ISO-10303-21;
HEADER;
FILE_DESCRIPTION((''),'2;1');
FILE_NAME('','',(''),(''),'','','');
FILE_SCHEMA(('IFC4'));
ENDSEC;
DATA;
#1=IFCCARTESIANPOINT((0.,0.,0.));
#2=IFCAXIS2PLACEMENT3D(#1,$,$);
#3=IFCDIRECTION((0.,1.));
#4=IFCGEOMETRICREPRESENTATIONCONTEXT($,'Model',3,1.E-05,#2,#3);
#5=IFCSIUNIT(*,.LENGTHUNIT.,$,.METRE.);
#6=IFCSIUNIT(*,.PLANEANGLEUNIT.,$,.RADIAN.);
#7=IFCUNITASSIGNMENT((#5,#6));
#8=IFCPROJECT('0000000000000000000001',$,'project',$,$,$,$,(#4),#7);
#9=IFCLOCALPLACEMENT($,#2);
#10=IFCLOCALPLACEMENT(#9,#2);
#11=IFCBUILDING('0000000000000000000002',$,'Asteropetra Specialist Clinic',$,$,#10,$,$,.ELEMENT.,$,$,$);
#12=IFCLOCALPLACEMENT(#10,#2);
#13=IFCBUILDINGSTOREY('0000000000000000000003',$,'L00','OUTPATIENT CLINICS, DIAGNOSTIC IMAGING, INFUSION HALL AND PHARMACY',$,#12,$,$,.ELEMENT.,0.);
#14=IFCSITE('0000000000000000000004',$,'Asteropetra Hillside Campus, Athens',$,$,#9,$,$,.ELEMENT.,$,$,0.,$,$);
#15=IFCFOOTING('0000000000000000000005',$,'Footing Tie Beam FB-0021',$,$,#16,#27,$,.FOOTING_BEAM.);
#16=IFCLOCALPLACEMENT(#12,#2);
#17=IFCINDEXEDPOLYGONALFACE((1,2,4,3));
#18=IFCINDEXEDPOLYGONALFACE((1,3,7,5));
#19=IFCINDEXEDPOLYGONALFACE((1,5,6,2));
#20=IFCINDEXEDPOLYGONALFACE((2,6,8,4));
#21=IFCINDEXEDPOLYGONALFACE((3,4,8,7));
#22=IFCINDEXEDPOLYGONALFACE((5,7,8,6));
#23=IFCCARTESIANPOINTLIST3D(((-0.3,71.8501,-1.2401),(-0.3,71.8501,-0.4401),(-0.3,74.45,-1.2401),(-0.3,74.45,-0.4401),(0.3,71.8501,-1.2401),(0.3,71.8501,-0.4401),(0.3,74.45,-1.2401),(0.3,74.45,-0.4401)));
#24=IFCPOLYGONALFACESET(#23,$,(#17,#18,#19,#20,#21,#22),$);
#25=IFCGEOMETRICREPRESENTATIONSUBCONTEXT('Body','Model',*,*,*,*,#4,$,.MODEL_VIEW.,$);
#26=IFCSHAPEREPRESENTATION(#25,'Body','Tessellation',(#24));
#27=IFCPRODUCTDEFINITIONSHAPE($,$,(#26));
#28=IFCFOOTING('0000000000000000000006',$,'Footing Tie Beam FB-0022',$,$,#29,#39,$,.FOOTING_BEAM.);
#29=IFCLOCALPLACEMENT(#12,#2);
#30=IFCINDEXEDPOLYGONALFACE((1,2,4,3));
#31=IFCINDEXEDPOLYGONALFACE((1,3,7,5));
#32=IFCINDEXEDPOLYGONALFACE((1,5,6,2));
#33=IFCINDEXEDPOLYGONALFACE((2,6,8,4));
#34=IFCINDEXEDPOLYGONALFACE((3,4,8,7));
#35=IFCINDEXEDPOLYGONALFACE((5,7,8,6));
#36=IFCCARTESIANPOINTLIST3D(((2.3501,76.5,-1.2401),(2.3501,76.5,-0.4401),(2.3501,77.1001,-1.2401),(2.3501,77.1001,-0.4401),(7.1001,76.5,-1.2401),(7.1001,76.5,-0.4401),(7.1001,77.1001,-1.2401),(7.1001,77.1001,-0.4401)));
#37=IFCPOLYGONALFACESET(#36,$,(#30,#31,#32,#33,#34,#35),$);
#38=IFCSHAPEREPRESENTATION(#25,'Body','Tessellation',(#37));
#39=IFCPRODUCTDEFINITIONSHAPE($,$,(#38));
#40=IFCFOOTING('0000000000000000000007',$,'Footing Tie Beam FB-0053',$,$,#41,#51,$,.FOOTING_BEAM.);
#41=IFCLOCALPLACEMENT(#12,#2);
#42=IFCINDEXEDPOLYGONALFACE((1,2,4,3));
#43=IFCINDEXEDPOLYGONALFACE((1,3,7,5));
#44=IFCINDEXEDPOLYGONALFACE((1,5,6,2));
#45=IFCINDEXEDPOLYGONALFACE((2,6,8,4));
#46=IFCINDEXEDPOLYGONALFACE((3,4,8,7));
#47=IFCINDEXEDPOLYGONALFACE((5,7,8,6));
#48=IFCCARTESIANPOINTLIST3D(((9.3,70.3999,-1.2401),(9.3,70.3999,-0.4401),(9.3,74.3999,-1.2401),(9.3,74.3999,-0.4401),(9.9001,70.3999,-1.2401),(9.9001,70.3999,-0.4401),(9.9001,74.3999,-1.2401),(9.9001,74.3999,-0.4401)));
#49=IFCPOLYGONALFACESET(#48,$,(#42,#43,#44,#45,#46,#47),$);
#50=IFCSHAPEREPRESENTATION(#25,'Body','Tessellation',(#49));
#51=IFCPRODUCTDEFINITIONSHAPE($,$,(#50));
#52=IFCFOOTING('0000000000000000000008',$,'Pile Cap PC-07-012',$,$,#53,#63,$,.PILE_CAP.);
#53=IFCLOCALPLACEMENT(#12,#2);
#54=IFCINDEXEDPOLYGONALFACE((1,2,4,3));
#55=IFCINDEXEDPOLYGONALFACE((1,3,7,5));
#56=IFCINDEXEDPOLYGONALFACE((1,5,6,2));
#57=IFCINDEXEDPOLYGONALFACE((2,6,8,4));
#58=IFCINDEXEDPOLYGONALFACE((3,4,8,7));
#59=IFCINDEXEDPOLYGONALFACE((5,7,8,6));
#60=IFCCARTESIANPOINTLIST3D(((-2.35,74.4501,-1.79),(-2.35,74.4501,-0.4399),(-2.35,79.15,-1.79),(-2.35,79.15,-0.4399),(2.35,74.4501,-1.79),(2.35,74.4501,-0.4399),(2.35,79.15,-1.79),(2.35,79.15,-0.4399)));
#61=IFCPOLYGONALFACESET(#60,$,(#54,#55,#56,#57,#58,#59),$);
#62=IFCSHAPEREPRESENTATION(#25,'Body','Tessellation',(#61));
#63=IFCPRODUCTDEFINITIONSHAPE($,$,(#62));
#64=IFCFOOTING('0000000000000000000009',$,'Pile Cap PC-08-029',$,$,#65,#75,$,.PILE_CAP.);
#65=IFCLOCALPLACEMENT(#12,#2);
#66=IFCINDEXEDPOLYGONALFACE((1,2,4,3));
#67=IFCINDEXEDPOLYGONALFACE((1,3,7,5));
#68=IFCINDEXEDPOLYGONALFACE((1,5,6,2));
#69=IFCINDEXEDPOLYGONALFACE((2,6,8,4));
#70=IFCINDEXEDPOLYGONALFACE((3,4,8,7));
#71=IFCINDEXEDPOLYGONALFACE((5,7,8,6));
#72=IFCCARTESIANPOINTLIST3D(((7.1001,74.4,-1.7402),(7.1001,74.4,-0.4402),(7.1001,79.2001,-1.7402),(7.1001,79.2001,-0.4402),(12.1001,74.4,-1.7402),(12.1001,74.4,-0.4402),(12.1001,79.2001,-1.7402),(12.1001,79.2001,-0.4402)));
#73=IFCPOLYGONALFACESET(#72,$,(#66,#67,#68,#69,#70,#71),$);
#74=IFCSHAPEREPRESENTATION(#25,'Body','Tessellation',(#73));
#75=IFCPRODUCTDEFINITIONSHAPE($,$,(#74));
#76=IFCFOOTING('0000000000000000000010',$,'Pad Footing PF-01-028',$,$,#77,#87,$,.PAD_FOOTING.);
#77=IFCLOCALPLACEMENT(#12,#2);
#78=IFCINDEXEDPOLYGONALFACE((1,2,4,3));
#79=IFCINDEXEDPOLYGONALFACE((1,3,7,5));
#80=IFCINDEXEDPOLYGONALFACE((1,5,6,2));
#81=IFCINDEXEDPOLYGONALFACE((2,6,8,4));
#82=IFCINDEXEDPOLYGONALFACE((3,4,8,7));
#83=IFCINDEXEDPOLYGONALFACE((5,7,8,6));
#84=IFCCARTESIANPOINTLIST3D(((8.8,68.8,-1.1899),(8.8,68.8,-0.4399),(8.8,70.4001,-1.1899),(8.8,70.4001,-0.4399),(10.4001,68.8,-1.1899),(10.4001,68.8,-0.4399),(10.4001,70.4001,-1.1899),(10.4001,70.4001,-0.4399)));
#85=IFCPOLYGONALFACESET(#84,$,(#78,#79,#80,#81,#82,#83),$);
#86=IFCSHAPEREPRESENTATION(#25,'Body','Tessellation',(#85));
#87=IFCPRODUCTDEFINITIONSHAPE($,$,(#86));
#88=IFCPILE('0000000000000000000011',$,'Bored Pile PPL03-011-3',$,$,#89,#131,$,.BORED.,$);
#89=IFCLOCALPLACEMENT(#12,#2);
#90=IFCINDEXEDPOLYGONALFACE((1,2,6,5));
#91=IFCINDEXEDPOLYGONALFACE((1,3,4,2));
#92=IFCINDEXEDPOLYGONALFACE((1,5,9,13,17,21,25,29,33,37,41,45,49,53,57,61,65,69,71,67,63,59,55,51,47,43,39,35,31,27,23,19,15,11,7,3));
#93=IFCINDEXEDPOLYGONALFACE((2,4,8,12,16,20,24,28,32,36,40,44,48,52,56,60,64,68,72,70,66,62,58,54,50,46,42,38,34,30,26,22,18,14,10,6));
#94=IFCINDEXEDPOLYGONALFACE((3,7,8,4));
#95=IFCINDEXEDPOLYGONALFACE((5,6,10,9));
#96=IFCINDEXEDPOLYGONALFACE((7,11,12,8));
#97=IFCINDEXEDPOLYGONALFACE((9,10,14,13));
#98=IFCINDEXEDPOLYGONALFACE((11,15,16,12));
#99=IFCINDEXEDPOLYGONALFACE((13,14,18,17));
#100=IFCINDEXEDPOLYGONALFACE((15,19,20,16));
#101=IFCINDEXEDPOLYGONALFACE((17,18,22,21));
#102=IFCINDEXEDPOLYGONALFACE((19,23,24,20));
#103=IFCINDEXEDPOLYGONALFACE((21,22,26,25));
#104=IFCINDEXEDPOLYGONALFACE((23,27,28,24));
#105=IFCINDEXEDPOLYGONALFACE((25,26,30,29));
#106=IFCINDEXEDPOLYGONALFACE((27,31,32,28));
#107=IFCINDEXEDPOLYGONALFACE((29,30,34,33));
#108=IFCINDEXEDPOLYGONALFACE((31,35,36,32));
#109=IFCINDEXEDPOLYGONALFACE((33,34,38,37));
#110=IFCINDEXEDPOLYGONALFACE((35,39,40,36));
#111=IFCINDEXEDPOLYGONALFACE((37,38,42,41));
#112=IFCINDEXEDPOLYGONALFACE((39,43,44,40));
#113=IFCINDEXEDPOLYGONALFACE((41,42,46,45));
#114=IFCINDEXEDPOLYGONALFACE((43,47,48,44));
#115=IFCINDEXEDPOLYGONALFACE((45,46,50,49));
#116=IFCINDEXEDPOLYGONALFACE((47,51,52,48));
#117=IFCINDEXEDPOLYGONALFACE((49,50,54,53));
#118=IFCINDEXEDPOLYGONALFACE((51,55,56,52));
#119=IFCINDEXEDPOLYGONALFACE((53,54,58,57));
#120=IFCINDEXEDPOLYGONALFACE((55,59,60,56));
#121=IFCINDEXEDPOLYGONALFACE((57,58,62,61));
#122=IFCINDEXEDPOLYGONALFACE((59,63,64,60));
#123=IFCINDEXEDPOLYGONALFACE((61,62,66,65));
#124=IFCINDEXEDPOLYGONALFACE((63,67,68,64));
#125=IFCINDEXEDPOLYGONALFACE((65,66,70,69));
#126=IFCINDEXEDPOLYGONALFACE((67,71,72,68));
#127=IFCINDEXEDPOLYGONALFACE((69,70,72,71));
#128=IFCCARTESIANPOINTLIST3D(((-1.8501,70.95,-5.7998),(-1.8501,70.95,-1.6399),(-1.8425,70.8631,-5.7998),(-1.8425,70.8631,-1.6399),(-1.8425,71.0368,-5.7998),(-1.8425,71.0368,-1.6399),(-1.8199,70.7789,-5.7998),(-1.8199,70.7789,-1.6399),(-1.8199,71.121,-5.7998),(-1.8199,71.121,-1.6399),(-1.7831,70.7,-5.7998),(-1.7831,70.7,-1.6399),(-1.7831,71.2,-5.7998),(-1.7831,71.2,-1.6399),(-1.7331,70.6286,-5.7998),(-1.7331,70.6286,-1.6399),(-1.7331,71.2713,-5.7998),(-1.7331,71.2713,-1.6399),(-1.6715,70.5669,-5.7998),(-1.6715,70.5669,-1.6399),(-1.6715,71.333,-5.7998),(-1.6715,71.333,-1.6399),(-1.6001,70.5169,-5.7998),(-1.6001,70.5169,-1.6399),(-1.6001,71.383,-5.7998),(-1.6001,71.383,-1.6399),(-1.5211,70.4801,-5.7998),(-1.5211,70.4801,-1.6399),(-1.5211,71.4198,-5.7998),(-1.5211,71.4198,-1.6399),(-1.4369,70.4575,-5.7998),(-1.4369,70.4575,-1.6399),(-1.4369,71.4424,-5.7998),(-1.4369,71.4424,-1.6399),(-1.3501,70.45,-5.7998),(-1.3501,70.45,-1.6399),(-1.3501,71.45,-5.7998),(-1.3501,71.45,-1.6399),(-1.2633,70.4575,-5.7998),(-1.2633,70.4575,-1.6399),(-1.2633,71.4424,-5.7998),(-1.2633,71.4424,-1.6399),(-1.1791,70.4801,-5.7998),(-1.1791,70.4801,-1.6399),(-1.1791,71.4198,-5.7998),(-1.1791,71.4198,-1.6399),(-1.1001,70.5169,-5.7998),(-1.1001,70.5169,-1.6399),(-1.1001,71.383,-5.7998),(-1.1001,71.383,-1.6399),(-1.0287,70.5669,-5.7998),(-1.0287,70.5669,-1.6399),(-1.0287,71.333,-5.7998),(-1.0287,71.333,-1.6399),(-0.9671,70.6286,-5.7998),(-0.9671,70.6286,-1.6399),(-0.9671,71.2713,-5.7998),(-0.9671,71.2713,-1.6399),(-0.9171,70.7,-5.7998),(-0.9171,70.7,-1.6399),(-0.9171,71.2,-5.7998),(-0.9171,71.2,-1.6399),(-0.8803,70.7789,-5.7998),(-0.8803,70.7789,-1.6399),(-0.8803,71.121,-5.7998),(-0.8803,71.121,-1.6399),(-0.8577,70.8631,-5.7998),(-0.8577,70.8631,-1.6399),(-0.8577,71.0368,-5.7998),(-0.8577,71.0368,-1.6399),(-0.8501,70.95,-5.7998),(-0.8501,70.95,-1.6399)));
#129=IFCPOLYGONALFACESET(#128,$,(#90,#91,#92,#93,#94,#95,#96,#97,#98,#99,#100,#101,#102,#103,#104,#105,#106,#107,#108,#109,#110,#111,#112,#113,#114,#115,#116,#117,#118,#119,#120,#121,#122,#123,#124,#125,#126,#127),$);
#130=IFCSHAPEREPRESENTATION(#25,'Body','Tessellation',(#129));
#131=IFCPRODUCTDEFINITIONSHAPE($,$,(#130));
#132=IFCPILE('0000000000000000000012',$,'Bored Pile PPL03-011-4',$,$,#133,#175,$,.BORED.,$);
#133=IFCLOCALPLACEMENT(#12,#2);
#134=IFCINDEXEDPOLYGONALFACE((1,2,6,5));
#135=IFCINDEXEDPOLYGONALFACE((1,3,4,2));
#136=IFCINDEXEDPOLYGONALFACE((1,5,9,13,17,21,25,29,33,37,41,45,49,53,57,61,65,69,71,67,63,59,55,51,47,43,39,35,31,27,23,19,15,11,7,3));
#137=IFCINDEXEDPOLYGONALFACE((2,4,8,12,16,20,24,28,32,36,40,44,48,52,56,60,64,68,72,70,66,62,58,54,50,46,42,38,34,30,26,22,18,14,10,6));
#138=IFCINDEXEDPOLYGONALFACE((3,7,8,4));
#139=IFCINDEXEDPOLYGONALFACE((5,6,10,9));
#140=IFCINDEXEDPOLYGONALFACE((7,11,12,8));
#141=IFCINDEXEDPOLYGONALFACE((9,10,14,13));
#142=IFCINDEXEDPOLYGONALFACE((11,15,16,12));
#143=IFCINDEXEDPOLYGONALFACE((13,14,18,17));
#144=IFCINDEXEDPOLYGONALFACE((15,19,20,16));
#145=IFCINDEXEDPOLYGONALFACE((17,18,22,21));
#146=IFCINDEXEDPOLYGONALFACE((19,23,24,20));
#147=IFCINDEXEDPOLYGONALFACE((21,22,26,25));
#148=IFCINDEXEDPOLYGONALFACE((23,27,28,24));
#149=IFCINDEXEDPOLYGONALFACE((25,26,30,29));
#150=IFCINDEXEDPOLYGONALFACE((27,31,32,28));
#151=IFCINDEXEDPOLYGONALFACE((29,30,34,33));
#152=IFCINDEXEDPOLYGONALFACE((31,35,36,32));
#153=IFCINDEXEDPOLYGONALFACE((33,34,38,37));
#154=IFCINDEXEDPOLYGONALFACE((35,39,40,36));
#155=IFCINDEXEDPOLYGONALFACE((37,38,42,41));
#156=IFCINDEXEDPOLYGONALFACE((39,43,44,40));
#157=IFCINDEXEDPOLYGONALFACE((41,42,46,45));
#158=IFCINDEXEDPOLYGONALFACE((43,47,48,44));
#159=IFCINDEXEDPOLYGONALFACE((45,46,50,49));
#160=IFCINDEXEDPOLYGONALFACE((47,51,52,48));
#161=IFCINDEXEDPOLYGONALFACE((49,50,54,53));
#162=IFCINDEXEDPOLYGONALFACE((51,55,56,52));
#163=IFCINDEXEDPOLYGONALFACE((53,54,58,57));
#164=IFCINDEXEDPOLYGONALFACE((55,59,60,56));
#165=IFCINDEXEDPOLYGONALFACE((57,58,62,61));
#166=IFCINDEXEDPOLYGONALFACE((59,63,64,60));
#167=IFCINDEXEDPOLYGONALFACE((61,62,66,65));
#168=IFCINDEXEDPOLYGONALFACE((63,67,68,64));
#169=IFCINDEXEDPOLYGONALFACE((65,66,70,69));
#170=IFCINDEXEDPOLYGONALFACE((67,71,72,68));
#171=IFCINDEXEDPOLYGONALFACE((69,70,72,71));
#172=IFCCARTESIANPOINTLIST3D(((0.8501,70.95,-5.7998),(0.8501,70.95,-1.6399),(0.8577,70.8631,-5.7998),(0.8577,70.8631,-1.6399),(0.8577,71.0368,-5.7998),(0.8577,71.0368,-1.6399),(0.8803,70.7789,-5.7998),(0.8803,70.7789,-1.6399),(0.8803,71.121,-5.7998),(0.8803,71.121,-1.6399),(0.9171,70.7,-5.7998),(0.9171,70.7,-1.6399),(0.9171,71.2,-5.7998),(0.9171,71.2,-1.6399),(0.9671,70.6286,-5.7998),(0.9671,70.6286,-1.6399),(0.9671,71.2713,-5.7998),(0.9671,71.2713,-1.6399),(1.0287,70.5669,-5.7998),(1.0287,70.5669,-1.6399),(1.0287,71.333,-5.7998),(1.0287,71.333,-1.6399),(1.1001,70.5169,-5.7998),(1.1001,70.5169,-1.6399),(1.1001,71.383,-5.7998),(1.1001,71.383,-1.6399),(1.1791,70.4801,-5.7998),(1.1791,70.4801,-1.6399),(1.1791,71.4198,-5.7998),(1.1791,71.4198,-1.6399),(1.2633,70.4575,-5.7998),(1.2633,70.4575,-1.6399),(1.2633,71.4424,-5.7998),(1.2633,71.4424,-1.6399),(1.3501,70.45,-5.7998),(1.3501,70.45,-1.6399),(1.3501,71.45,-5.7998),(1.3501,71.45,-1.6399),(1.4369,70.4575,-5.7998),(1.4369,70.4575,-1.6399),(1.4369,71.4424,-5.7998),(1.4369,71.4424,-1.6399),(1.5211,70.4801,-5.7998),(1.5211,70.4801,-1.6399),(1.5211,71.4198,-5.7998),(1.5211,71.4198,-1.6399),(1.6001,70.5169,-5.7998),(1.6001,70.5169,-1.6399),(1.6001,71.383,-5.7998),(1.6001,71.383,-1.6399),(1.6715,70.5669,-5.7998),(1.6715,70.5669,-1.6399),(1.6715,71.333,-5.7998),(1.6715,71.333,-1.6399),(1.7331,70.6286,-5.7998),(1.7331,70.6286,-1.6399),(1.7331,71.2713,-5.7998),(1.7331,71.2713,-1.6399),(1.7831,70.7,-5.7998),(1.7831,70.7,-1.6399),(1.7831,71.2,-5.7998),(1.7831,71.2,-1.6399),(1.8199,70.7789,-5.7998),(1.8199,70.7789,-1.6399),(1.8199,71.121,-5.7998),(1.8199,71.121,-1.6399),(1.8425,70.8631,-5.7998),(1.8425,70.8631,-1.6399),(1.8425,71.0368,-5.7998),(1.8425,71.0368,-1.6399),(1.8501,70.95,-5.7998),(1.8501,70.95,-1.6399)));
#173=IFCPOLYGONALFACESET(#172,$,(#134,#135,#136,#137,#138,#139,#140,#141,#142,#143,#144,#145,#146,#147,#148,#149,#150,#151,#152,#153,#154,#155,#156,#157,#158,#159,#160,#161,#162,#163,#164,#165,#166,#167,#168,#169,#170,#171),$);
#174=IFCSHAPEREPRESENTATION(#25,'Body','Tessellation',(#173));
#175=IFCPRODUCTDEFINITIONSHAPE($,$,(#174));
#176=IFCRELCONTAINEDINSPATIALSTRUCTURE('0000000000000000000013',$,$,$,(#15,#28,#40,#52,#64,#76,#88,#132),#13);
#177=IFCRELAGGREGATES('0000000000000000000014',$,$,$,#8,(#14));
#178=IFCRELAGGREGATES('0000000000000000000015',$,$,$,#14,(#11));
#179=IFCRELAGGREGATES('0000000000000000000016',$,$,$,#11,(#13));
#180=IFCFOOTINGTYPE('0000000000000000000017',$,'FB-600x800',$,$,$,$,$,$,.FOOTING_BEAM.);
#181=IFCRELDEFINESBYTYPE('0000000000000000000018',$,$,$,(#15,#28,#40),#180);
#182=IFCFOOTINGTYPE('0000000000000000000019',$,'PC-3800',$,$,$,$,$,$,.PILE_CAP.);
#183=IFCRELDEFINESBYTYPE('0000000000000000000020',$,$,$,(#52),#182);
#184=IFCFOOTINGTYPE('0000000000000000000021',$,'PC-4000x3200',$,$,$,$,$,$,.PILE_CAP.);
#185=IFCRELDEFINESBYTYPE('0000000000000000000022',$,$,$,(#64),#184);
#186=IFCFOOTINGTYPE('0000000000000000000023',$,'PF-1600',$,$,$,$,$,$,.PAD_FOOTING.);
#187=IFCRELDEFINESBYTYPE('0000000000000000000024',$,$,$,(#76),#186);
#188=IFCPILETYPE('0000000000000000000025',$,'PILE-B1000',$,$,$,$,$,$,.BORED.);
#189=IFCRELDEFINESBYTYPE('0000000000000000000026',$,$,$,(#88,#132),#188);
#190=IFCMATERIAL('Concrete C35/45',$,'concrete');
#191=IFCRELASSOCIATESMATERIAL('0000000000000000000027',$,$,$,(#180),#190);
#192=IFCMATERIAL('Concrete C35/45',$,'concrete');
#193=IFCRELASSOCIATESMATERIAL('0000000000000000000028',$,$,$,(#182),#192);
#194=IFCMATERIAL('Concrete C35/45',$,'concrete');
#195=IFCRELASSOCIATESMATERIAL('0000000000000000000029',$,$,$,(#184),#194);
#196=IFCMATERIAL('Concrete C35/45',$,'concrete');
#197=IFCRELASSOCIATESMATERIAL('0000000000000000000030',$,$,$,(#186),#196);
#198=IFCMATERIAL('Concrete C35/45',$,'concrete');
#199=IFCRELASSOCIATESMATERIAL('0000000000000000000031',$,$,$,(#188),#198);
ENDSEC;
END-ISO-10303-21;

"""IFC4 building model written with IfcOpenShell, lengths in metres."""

from ifc_helpers import new_model, si_unit, direction, frame, origin, origin_2d, place, context, subcontext, project, spatial, rectangle, circle, extrude, material, material_profile, profile_set, type_object, element, save


model = new_model("IFC4")

# Units and contexts
model_context = context("Model", 3, precision=1e-05, world=origin(), true_north=direction((0.0, 1.0)))
body_context = subcontext(model_context, "Body", "Model", "MODEL_VIEW")
ifc_project = project(units=[si_unit("LENGTHUNIT", "METRE"), si_unit("PLANEANGLEUNIT", "RADIAN")], contexts=[model_context])

# Site, building, storey
site_placement = place(None, origin())
site = spatial("IfcSite", under=ifc_project, at=site_placement, Name="Asteropetra Hillside Campus, Athens", CompositionType="ELEMENT", RefElevation=0.0)
building_placement = place(site_placement, origin())
building = spatial("IfcBuilding", under=site, at=building_placement, Name="Asteropetra Specialist Clinic", CompositionType="ELEMENT")
storey_placement = place(building_placement, origin())
storey = spatial("IfcBuildingStorey", under=building, at=storey_placement, Name="L00", Description="OUTPATIENT CLINICS, DIAGNOSTIC IMAGING, INFUSION HALL AND PHARMACY", CompositionType="ELEMENT", Elevation=0.0)

# Footings
ifc_material_1 = material(Name="Concrete C35/45", Category="concrete")
ifc_material_profile_1 = material_profile(ifc_material_1, rectangle(XDim=0.6001, YDim=0.8, at=origin_2d()), Name="FB 600x800")
ifc_profile_set_1 = profile_set([ifc_material_profile_1], Name="Concrete C35/45")
footing_type_1 = type_object("IfcFootingType", Name="FB-600x800", PredefinedType="FOOTING_BEAM", material=ifc_profile_set_1)
footing_1_placement = place(storey_placement, frame((0.0, 71.8501, -0.8401), z_axis=(0.0, 1.0, 0.0), x_axis=(-1.0, 0.0, 0.0)))
element("IfcFooting", 1, at=footing_1_placement, inside=storey, type_object=footing_type_1, Name="Footing Tie Beam FB-0021", PredefinedType="FOOTING_BEAM", context=body_context, shape_type="SweptSolid", body=[
    extrude(rectangle(XDim=0.6001, YDim=0.8, at=origin_2d()), origin(), (0.0, 0.0, 1.0), 2.5999),
])
footing_2_placement = place(storey_placement, frame((2.3501, 76.8, -0.8401), z_axis=(1.0, 0.0, 0.0), x_axis=(0.0, 1.0, 0.0)))
element("IfcFooting", 2, at=footing_2_placement, inside=storey, type_object=footing_type_1, Name="Footing Tie Beam FB-0022", PredefinedType="FOOTING_BEAM", context=body_context, shape_type="SweptSolid", body=[
    extrude(rectangle(XDim=0.6001, YDim=0.8, at=origin_2d()), origin(), (0.0, 0.0, 1.0), 4.75),
])
footing_3_placement = place(storey_placement, frame((9.6001, 70.3999, -0.8401), z_axis=(0.0, 1.0, 0.0), x_axis=(-1.0, 0.0, 0.0)))
element("IfcFooting", 3, at=footing_3_placement, inside=storey, type_object=footing_type_1, Name="Footing Tie Beam FB-0053", PredefinedType="FOOTING_BEAM", context=body_context, shape_type="SweptSolid", body=[
    extrude(rectangle(XDim=0.6001, YDim=0.8, at=origin_2d()), origin(), (0.0, 0.0, 1.0), 4.0),
])
ifc_material_2 = material(Name="Concrete C35/45", Category="concrete")
footing_type_2 = type_object("IfcFootingType", Name="PC-3800", PredefinedType="PILE_CAP", material=ifc_material_2)
footing_4_placement = place(storey_placement, frame((0.0, 76.8, -1.79), z_axis=(0.0, 0.0, 1.0), x_axis=(1.0, 0.0, 0.0)))
element("IfcFooting", 4, at=footing_4_placement, inside=storey, type_object=footing_type_2, Name="Pile Cap PC-07-012", PredefinedType="PILE_CAP", context=body_context, shape_type="SweptSolid", body=[
    extrude(rectangle(XDim=4.7, YDim=4.7, at=origin_2d()), origin(), (0.0, 0.0, 1.0), 1.3501),
])
ifc_material_3 = material(Name="Concrete C35/45", Category="concrete")
footing_type_3 = type_object("IfcFootingType", Name="PC-4000x3200", PredefinedType="PILE_CAP", material=ifc_material_3)
footing_5_placement = place(storey_placement, frame((9.6001, 76.8, -1.7402), z_axis=(0.0, 0.0, 1.0), x_axis=(1.0, 0.0, 0.0)))
element("IfcFooting", 5, at=footing_5_placement, inside=storey, type_object=footing_type_3, Name="Pile Cap PC-08-029", PredefinedType="PILE_CAP", context=body_context, shape_type="SweptSolid", body=[
    extrude(rectangle(XDim=5.0, YDim=4.8, at=origin_2d()), origin(), (0.0, 0.0, 1.0), 1.3),
])
ifc_material_4 = material(Name="Concrete C35/45", Category="concrete")
footing_type_4 = type_object("IfcFootingType", Name="PF-1600", PredefinedType="PAD_FOOTING", material=ifc_material_4)
footing_6_placement = place(storey_placement, frame((9.6001, 69.6001, -1.1899), z_axis=(0.0, 0.0, 1.0), x_axis=(1.0, 0.0, 0.0)))
element("IfcFooting", 6, at=footing_6_placement, inside=storey, type_object=footing_type_4, Name="Pad Footing PF-01-028", PredefinedType="PAD_FOOTING", context=body_context, shape_type="SweptSolid", body=[
    extrude(rectangle(XDim=1.6001, YDim=1.6001, at=origin_2d()), origin(), (0.0, 0.0, 1.0), 0.75),
])

# Piles
ifc_material_5 = material(Name="Concrete C35/45", Category="concrete")
ifc_material_profile_2 = material_profile(ifc_material_5, circle(Radius=0.5, at=origin_2d()), Name="PILE D1000")
ifc_profile_set_2 = profile_set([ifc_material_profile_2], Name="Concrete C35/45")
pile_type_1 = type_object("IfcPileType", Name="PILE-B1000", PredefinedType="BORED", material=ifc_profile_set_2)
for number, where, z_axis, x_axis, name in (
    (7, (-1.3501, 70.95, -1.6399), (0.0, 0.0, -1.0), (1.0, 0.0, 0.0), "Bored Pile PPL03-011-3"),
    (8, (1.3501, 70.95, -1.6399), (0.0, 0.0, -1.0), (1.0, 0.0, 0.0), "Bored Pile PPL03-011-4"),
):
    element("IfcPile", number, at=place(storey_placement, frame(where, z_axis=z_axis, x_axis=x_axis)), inside=storey, type_object=pile_type_1, Name=name, PredefinedType="BORED", context=body_context, shape_type="SweptSolid", body=[
        extrude(circle(Radius=0.5, at=origin_2d()), origin(), (0.0, 0.0, 1.0), 4.1599),
    ])

save(model, "model.ifc")
